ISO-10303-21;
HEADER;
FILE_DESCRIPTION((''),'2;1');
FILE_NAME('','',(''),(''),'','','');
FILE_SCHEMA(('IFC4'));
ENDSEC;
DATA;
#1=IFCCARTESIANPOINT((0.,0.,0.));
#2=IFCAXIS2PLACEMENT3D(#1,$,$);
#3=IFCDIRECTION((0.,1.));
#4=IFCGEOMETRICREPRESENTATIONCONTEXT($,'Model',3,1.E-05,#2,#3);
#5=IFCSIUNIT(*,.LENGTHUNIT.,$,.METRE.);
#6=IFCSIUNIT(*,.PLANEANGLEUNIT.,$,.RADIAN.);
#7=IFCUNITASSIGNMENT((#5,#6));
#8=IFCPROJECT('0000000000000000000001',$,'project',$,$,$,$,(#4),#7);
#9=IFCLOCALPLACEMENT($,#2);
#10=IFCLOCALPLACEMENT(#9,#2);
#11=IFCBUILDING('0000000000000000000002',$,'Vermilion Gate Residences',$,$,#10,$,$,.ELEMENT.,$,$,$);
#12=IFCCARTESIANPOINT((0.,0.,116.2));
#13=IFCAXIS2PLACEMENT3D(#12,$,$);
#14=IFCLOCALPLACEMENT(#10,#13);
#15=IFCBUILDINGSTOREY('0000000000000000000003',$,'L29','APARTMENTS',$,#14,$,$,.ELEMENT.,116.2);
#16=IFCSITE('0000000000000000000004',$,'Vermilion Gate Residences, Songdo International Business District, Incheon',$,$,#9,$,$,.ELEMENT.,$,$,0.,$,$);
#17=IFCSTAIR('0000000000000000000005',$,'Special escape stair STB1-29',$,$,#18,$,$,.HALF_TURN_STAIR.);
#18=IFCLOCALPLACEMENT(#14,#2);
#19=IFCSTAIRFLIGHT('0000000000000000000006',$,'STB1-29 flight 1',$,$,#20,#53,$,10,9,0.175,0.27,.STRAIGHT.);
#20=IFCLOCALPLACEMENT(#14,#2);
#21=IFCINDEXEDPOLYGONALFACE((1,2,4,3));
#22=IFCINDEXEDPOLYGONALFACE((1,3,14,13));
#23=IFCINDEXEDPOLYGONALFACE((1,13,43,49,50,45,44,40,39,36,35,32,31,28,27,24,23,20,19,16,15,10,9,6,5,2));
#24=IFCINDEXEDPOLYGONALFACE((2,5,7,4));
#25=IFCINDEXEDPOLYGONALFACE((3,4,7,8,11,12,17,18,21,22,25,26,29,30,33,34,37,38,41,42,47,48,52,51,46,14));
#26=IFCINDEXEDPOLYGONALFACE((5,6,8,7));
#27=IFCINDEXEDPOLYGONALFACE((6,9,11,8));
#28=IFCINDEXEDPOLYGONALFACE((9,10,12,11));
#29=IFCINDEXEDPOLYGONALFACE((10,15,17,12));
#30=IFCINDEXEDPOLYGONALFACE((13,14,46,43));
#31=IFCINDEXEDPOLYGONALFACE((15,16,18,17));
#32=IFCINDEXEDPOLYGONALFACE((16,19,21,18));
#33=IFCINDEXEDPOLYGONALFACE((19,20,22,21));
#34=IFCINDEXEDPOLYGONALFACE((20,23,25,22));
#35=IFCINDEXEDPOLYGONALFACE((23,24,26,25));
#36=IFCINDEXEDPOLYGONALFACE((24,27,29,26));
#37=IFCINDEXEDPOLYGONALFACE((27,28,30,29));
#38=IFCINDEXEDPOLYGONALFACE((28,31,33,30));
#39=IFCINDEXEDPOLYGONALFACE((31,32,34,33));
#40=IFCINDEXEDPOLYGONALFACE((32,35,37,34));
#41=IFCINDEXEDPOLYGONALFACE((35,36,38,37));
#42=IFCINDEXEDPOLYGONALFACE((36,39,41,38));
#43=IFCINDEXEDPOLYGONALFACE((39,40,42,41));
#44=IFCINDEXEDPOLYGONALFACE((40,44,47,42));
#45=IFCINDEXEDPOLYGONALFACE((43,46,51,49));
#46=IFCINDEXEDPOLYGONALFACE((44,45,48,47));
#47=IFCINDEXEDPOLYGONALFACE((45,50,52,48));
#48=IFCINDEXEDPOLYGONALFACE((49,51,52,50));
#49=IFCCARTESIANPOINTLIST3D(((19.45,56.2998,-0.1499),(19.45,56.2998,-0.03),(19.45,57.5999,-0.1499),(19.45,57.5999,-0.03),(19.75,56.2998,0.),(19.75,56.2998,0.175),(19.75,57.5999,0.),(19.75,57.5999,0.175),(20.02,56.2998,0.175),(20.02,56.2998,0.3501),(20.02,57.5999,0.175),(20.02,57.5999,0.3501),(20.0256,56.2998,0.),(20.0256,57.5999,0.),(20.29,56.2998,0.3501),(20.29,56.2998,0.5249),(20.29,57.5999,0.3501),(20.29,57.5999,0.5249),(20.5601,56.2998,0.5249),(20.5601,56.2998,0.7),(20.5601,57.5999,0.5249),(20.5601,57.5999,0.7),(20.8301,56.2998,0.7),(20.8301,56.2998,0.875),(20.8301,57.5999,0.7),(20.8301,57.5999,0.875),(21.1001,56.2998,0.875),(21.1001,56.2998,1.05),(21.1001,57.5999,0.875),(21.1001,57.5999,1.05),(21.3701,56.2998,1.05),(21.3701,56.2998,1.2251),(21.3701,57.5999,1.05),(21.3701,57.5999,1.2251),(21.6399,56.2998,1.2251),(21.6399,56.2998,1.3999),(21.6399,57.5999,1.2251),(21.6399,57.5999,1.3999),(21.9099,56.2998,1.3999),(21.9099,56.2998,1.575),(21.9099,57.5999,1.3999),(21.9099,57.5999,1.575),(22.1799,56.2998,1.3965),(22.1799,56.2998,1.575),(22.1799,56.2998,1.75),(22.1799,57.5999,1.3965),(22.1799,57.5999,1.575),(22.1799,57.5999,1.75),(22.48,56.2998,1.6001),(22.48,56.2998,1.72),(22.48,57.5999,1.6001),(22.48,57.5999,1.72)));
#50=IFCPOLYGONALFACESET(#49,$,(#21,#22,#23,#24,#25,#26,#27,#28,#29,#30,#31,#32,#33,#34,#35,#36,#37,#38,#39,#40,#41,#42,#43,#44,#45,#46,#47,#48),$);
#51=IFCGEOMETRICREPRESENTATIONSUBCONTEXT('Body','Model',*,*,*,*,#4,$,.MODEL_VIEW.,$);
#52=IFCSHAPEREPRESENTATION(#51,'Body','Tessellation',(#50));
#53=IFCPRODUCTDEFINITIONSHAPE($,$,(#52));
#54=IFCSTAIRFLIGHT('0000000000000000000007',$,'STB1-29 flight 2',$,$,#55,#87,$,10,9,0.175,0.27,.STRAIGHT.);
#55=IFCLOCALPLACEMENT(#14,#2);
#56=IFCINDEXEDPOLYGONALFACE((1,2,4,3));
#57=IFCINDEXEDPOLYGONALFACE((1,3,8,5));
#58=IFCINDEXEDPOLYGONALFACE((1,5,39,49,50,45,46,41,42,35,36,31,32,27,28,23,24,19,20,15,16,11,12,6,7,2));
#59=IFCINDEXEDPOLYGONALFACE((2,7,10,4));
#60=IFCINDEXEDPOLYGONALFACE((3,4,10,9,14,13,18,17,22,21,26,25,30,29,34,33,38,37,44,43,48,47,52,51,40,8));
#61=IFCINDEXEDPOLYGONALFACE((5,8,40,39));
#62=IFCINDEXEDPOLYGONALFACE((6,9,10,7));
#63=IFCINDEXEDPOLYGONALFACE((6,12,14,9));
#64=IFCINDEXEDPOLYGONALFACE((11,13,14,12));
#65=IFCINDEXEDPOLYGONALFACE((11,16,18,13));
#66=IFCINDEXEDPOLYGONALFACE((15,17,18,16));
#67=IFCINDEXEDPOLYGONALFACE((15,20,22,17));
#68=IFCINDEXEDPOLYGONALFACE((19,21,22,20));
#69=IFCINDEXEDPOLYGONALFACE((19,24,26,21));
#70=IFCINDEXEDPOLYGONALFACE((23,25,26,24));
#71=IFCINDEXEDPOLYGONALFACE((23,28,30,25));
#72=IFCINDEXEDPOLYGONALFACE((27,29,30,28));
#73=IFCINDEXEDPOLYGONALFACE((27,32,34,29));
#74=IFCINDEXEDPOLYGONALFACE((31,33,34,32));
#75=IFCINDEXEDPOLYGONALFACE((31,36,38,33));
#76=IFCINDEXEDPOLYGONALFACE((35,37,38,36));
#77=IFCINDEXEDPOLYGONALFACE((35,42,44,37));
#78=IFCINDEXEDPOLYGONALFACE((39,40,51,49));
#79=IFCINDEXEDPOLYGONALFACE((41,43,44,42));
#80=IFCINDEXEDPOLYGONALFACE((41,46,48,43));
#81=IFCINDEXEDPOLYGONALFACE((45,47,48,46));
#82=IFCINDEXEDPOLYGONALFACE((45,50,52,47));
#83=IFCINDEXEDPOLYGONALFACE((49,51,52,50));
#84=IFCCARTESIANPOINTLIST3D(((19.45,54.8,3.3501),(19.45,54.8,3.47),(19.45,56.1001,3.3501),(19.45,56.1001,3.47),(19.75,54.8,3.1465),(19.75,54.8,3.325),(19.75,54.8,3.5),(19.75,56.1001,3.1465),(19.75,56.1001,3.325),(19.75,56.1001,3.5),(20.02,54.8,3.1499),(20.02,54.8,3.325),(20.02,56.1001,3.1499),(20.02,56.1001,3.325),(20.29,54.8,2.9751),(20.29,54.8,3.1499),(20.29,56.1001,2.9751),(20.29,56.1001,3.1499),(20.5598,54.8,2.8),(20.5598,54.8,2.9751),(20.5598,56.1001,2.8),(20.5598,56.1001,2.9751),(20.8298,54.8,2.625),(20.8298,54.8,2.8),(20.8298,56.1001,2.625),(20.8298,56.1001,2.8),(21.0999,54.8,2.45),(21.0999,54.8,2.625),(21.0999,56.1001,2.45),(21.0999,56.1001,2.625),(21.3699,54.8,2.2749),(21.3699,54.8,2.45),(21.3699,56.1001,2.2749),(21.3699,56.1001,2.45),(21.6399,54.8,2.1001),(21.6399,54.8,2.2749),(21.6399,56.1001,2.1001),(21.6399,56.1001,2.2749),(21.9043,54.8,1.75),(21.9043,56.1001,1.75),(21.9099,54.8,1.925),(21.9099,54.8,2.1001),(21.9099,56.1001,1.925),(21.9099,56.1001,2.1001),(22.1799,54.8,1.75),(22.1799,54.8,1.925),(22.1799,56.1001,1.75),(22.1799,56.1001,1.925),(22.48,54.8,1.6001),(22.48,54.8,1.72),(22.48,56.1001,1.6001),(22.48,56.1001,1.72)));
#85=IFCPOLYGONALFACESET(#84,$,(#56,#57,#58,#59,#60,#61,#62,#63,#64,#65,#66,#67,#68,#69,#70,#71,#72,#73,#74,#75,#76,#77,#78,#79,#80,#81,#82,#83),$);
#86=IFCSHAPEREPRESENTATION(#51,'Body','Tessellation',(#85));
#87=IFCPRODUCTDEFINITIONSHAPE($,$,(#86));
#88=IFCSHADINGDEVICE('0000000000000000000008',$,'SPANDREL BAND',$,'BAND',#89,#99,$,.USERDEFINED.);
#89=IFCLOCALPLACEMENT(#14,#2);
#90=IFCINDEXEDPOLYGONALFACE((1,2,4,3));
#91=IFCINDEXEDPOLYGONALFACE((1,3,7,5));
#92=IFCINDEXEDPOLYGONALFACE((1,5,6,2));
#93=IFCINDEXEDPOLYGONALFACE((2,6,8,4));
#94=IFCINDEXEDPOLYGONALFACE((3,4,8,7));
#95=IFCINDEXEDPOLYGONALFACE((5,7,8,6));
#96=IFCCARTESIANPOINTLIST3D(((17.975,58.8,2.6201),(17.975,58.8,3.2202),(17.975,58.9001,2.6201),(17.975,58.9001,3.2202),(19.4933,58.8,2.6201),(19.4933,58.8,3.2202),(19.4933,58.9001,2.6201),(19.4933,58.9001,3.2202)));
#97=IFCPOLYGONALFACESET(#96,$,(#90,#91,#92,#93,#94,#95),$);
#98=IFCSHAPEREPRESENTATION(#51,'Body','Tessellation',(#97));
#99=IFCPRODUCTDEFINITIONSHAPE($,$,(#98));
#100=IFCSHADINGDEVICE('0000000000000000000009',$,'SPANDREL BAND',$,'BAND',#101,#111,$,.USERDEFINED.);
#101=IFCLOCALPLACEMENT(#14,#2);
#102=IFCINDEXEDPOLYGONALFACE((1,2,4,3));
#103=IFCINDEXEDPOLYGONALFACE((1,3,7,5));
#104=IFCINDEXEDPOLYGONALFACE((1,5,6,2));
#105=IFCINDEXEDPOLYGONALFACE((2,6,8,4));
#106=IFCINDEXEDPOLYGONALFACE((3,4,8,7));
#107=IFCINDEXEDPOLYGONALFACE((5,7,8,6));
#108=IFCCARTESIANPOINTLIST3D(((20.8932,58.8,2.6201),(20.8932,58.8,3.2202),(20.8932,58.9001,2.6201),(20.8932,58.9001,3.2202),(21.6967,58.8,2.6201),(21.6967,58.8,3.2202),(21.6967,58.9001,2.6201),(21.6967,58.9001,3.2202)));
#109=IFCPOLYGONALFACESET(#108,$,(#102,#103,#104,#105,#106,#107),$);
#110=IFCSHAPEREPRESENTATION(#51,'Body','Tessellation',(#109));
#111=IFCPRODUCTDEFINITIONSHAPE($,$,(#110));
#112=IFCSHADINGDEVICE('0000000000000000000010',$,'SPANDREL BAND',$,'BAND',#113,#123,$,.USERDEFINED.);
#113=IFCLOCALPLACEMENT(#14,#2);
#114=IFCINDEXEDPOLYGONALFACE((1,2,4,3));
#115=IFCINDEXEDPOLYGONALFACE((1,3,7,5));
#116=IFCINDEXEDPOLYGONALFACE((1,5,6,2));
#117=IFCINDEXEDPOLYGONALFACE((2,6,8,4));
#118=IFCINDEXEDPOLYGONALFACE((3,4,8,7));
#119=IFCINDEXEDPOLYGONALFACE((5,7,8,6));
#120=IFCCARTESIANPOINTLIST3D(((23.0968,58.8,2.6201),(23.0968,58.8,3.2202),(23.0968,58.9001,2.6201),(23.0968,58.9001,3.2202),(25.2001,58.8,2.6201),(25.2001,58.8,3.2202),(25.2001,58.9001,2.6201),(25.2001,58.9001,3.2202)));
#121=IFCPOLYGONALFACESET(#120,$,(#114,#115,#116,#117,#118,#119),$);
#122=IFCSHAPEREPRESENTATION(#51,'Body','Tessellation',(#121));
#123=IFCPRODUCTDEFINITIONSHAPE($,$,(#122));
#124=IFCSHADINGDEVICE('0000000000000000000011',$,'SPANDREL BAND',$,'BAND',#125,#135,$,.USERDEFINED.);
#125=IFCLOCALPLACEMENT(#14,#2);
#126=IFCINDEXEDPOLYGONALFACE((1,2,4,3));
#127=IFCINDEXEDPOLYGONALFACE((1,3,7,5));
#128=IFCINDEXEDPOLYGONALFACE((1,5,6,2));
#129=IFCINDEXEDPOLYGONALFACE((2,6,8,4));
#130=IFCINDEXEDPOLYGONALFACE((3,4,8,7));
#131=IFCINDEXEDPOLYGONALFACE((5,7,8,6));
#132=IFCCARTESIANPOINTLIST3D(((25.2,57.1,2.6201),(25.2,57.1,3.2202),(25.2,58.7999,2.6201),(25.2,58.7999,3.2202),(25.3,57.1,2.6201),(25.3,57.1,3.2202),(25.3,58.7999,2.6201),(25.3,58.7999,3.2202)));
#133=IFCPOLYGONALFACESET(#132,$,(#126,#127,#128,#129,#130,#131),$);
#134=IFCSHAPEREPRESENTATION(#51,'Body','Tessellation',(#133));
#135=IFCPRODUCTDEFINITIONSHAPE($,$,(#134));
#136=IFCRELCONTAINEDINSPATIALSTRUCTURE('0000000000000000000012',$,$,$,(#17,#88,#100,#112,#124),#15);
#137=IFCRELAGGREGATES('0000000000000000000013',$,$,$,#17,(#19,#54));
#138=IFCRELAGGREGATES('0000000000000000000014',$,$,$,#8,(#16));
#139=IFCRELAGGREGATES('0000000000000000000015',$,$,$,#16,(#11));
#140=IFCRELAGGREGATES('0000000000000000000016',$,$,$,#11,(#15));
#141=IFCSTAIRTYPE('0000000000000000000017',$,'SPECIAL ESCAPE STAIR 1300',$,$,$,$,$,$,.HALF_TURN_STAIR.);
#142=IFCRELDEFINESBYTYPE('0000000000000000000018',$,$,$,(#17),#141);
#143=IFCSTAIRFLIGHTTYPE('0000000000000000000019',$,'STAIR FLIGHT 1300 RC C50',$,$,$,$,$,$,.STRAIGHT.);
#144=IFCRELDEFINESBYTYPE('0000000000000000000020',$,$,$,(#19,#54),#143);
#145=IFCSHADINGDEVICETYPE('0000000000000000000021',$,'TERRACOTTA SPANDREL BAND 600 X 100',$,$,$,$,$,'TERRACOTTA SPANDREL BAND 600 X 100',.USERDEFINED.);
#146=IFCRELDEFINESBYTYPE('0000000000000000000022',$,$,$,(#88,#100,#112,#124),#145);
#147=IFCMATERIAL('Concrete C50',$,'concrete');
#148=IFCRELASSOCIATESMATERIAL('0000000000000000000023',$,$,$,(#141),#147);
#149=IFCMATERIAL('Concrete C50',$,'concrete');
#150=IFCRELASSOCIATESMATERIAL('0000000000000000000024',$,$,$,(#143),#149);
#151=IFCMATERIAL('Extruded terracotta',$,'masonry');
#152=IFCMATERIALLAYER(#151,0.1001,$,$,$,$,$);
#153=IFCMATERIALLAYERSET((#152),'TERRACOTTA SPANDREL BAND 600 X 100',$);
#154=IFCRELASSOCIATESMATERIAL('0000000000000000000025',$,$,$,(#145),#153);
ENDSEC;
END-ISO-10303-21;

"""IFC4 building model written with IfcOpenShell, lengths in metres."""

from ifc_helpers import new_model, si_unit, direction, frame, origin, origin_2d, place, context, subcontext, project, spatial, polyline, rectangle, outline, extrude, material, layer, layer_set, type_object, element, aggregate, save


model = new_model("IFC4")

# Units and contexts
model_context = context("Model", 3, precision=1e-05, world=origin(), true_north=direction((0.0, 1.0)))
body_context = subcontext(model_context, "Body", "Model", "MODEL_VIEW")
ifc_project = project(units=[si_unit("LENGTHUNIT", "METRE"), si_unit("PLANEANGLEUNIT", "RADIAN")], contexts=[model_context])

# Site, building, storey
site_placement = place(None, origin())
site = spatial("IfcSite", under=ifc_project, at=site_placement, Name="Vermilion Gate Residences, Songdo International Business District, Incheon", CompositionType="ELEMENT", RefElevation=0.0)
building_placement = place(site_placement, origin())
building = spatial("IfcBuilding", under=site, at=building_placement, Name="Vermilion Gate Residences", CompositionType="ELEMENT")
storey_placement = place(building_placement, frame((0.0, 0.0, 116.2)))
storey = spatial("IfcBuildingStorey", under=building, at=storey_placement, Name="L29", Description="APARTMENTS", CompositionType="ELEMENT", Elevation=116.2)

# Stair, stair flights
ifc_material_1 = material(Name="Concrete C50", Category="concrete")
stair_type = type_object("IfcStairType", Name="SPECIAL ESCAPE STAIR 1300", PredefinedType="HALF_TURN_STAIR", material=ifc_material_1)
stair_placement = place(storey_placement, origin())
stair = element("IfcStair", 1, at=stair_placement, inside=storey, type_object=stair_type, Name="Special escape stair STB1-29", PredefinedType="HALF_TURN_STAIR")
ifc_material_2 = material(Name="Concrete C50", Category="concrete")
stair_flight_type = type_object("IfcStairFlightType", Name="STAIR FLIGHT 1300 RC C50", PredefinedType="STRAIGHT", material=ifc_material_2)
stair_flight_1_placement = place(storey_placement, frame((19.75, 56.95, 0.0), z_axis=(0.0, 0.0, 1.0), x_axis=(1.0, 0.0, 0.0)))
stair_flight_1 = element("IfcStairFlight", 2, at=stair_flight_1_placement, type_object=stair_flight_type, Name="STB1-29 flight 1", NumberOfRisers=10, NumberOfTreads=9, PredefinedType="STRAIGHT", RiserHeight=0.175, TreadLength=0.27, context=body_context, shape_type="SweptSolid", body=[
    extrude(outline(polyline([(-0.3, -0.1499), (-0.3, -0.03), (0.0, 0.0), (0.0, 0.175), (0.27, 0.175), (0.27, 0.3501), (0.54, 0.3501), (0.54, 0.5249), (0.8101, 0.5249), (0.8101, 0.7), (1.0801, 0.7), (1.0801, 0.875), (1.3501, 0.875), (1.3501, 1.05), (1.6201, 1.05), (1.6201, 1.2251), (1.8899, 1.2251), (1.8899, 1.3999), (2.1599, 1.3999), (2.1599, 1.575), (2.4299, 1.575), (2.4299, 1.75), (2.73, 1.72), (2.73, 1.6001), (2.4299, 1.3965), (0.2756, 0.0), (-0.3, -0.1499)])), frame((0.0, 0.6499, 0.0), z_axis=(0.0, -1.0, 0.0), x_axis=(1.0, 0.0, 0.0)), (0.0, 0.0, 1.0), 1.3),
])
stair_flight_2_placement = place(storey_placement, frame((22.1799, 55.45, 1.75), z_axis=(0.0, 0.0, 1.0), x_axis=(-1.0, 0.0, 0.0)))
stair_flight_2 = element("IfcStairFlight", 3, at=stair_flight_2_placement, type_object=stair_flight_type, Name="STB1-29 flight 2", NumberOfRisers=10, NumberOfTreads=9, PredefinedType="STRAIGHT", RiserHeight=0.175, TreadLength=0.27, context=body_context, shape_type="SweptSolid", body=[
    extrude(outline(polyline([(-0.3, -0.1499), (-0.3, -0.03), (0.0, 0.0), (0.0, 0.175), (0.27, 0.175), (0.27, 0.3501), (0.54, 0.3501), (0.54, 0.5249), (0.8101, 0.5249), (0.8101, 0.7), (1.0801, 0.7), (1.0801, 0.875), (1.3501, 0.875), (1.3501, 1.05), (1.6201, 1.05), (1.6201, 1.2251), (1.8899, 1.2251), (1.8899, 1.3999), (2.1599, 1.3999), (2.1599, 1.575), (2.4299, 1.575), (2.4299, 1.75), (2.73, 1.72), (2.73, 1.6001), (2.4299, 1.3965), (0.2756, 0.0), (-0.3, -0.1499)])), frame((0.0, 0.6499, 0.0), z_axis=(0.0, -1.0, 0.0), x_axis=(1.0, 0.0, 0.0)), (0.0, 0.0, 1.0), 1.3),
])
aggregate(stair, [stair_flight_1, stair_flight_2])

# Shading devices
ifc_material_3 = material(Name="Extruded terracotta", Category="masonry")
ifc_layer_1 = layer(ifc_material_3, 0.1001)
ifc_layer_set_1 = layer_set([ifc_layer_1], Name="TERRACOTTA SPANDREL BAND 600 X 100")
shading_device_type = type_object("IfcShadingDeviceType", Name="TERRACOTTA SPANDREL BAND 600 X 100", ElementType="TERRACOTTA SPANDREL BAND 600 X 100", PredefinedType="USERDEFINED", material=ifc_layer_set_1)
shading_device_1_placement = place(storey_placement, frame((18.7341, 58.8501, 2.6201), z_axis=(0.0, 0.0, 1.0), x_axis=(1.0, 0.0, 0.0)))
element("IfcShadingDevice", 4, at=shading_device_1_placement, inside=storey, type_object=shading_device_type, Name="SPANDREL BAND", ObjectType="BAND", PredefinedType="USERDEFINED", context=body_context, shape_type="SweptSolid", body=[
    extrude(rectangle(XDim=1.5183, YDim=0.1001, at=origin_2d()), origin(), (0.0, 0.0, 1.0), 0.6001),
])
shading_device_2_placement = place(storey_placement, frame((21.2949, 58.8501, 2.6201), z_axis=(0.0, 0.0, 1.0), x_axis=(1.0, 0.0, 0.0)))
element("IfcShadingDevice", 5, at=shading_device_2_placement, inside=storey, type_object=shading_device_type, Name="SPANDREL BAND", ObjectType="BAND", PredefinedType="USERDEFINED", context=body_context, shape_type="SweptSolid", body=[
    extrude(rectangle(XDim=0.8035, YDim=0.1001, at=origin_2d()), origin(), (0.0, 0.0, 1.0), 0.6001),
])
shading_device_3_placement = place(storey_placement, frame((24.1484, 58.8501, 2.6201), z_axis=(0.0, 0.0, 1.0), x_axis=(1.0, 0.0, 0.0)))
element("IfcShadingDevice", 6, at=shading_device_3_placement, inside=storey, type_object=shading_device_type, Name="SPANDREL BAND", ObjectType="BAND", PredefinedType="USERDEFINED", context=body_context, shape_type="SweptSolid", body=[
    extrude(rectangle(XDim=2.1033, YDim=0.1001, at=origin_2d()), origin(), (0.0, 0.0, 1.0), 0.6001),
])
shading_device_4_placement = place(storey_placement, frame((25.25, 57.95, 2.6201), z_axis=(0.0, 0.0, 1.0), x_axis=(0.0, 1.0, 0.0)))
element("IfcShadingDevice", 7, at=shading_device_4_placement, inside=storey, type_object=shading_device_type, Name="SPANDREL BAND", ObjectType="BAND", PredefinedType="USERDEFINED", context=body_context, shape_type="SweptSolid", body=[
    extrude(rectangle(XDim=1.7, YDim=0.1001, at=origin_2d()), origin(), (0.0, 0.0, 1.0), 0.6001),
])

save(model, "model.ifc")
